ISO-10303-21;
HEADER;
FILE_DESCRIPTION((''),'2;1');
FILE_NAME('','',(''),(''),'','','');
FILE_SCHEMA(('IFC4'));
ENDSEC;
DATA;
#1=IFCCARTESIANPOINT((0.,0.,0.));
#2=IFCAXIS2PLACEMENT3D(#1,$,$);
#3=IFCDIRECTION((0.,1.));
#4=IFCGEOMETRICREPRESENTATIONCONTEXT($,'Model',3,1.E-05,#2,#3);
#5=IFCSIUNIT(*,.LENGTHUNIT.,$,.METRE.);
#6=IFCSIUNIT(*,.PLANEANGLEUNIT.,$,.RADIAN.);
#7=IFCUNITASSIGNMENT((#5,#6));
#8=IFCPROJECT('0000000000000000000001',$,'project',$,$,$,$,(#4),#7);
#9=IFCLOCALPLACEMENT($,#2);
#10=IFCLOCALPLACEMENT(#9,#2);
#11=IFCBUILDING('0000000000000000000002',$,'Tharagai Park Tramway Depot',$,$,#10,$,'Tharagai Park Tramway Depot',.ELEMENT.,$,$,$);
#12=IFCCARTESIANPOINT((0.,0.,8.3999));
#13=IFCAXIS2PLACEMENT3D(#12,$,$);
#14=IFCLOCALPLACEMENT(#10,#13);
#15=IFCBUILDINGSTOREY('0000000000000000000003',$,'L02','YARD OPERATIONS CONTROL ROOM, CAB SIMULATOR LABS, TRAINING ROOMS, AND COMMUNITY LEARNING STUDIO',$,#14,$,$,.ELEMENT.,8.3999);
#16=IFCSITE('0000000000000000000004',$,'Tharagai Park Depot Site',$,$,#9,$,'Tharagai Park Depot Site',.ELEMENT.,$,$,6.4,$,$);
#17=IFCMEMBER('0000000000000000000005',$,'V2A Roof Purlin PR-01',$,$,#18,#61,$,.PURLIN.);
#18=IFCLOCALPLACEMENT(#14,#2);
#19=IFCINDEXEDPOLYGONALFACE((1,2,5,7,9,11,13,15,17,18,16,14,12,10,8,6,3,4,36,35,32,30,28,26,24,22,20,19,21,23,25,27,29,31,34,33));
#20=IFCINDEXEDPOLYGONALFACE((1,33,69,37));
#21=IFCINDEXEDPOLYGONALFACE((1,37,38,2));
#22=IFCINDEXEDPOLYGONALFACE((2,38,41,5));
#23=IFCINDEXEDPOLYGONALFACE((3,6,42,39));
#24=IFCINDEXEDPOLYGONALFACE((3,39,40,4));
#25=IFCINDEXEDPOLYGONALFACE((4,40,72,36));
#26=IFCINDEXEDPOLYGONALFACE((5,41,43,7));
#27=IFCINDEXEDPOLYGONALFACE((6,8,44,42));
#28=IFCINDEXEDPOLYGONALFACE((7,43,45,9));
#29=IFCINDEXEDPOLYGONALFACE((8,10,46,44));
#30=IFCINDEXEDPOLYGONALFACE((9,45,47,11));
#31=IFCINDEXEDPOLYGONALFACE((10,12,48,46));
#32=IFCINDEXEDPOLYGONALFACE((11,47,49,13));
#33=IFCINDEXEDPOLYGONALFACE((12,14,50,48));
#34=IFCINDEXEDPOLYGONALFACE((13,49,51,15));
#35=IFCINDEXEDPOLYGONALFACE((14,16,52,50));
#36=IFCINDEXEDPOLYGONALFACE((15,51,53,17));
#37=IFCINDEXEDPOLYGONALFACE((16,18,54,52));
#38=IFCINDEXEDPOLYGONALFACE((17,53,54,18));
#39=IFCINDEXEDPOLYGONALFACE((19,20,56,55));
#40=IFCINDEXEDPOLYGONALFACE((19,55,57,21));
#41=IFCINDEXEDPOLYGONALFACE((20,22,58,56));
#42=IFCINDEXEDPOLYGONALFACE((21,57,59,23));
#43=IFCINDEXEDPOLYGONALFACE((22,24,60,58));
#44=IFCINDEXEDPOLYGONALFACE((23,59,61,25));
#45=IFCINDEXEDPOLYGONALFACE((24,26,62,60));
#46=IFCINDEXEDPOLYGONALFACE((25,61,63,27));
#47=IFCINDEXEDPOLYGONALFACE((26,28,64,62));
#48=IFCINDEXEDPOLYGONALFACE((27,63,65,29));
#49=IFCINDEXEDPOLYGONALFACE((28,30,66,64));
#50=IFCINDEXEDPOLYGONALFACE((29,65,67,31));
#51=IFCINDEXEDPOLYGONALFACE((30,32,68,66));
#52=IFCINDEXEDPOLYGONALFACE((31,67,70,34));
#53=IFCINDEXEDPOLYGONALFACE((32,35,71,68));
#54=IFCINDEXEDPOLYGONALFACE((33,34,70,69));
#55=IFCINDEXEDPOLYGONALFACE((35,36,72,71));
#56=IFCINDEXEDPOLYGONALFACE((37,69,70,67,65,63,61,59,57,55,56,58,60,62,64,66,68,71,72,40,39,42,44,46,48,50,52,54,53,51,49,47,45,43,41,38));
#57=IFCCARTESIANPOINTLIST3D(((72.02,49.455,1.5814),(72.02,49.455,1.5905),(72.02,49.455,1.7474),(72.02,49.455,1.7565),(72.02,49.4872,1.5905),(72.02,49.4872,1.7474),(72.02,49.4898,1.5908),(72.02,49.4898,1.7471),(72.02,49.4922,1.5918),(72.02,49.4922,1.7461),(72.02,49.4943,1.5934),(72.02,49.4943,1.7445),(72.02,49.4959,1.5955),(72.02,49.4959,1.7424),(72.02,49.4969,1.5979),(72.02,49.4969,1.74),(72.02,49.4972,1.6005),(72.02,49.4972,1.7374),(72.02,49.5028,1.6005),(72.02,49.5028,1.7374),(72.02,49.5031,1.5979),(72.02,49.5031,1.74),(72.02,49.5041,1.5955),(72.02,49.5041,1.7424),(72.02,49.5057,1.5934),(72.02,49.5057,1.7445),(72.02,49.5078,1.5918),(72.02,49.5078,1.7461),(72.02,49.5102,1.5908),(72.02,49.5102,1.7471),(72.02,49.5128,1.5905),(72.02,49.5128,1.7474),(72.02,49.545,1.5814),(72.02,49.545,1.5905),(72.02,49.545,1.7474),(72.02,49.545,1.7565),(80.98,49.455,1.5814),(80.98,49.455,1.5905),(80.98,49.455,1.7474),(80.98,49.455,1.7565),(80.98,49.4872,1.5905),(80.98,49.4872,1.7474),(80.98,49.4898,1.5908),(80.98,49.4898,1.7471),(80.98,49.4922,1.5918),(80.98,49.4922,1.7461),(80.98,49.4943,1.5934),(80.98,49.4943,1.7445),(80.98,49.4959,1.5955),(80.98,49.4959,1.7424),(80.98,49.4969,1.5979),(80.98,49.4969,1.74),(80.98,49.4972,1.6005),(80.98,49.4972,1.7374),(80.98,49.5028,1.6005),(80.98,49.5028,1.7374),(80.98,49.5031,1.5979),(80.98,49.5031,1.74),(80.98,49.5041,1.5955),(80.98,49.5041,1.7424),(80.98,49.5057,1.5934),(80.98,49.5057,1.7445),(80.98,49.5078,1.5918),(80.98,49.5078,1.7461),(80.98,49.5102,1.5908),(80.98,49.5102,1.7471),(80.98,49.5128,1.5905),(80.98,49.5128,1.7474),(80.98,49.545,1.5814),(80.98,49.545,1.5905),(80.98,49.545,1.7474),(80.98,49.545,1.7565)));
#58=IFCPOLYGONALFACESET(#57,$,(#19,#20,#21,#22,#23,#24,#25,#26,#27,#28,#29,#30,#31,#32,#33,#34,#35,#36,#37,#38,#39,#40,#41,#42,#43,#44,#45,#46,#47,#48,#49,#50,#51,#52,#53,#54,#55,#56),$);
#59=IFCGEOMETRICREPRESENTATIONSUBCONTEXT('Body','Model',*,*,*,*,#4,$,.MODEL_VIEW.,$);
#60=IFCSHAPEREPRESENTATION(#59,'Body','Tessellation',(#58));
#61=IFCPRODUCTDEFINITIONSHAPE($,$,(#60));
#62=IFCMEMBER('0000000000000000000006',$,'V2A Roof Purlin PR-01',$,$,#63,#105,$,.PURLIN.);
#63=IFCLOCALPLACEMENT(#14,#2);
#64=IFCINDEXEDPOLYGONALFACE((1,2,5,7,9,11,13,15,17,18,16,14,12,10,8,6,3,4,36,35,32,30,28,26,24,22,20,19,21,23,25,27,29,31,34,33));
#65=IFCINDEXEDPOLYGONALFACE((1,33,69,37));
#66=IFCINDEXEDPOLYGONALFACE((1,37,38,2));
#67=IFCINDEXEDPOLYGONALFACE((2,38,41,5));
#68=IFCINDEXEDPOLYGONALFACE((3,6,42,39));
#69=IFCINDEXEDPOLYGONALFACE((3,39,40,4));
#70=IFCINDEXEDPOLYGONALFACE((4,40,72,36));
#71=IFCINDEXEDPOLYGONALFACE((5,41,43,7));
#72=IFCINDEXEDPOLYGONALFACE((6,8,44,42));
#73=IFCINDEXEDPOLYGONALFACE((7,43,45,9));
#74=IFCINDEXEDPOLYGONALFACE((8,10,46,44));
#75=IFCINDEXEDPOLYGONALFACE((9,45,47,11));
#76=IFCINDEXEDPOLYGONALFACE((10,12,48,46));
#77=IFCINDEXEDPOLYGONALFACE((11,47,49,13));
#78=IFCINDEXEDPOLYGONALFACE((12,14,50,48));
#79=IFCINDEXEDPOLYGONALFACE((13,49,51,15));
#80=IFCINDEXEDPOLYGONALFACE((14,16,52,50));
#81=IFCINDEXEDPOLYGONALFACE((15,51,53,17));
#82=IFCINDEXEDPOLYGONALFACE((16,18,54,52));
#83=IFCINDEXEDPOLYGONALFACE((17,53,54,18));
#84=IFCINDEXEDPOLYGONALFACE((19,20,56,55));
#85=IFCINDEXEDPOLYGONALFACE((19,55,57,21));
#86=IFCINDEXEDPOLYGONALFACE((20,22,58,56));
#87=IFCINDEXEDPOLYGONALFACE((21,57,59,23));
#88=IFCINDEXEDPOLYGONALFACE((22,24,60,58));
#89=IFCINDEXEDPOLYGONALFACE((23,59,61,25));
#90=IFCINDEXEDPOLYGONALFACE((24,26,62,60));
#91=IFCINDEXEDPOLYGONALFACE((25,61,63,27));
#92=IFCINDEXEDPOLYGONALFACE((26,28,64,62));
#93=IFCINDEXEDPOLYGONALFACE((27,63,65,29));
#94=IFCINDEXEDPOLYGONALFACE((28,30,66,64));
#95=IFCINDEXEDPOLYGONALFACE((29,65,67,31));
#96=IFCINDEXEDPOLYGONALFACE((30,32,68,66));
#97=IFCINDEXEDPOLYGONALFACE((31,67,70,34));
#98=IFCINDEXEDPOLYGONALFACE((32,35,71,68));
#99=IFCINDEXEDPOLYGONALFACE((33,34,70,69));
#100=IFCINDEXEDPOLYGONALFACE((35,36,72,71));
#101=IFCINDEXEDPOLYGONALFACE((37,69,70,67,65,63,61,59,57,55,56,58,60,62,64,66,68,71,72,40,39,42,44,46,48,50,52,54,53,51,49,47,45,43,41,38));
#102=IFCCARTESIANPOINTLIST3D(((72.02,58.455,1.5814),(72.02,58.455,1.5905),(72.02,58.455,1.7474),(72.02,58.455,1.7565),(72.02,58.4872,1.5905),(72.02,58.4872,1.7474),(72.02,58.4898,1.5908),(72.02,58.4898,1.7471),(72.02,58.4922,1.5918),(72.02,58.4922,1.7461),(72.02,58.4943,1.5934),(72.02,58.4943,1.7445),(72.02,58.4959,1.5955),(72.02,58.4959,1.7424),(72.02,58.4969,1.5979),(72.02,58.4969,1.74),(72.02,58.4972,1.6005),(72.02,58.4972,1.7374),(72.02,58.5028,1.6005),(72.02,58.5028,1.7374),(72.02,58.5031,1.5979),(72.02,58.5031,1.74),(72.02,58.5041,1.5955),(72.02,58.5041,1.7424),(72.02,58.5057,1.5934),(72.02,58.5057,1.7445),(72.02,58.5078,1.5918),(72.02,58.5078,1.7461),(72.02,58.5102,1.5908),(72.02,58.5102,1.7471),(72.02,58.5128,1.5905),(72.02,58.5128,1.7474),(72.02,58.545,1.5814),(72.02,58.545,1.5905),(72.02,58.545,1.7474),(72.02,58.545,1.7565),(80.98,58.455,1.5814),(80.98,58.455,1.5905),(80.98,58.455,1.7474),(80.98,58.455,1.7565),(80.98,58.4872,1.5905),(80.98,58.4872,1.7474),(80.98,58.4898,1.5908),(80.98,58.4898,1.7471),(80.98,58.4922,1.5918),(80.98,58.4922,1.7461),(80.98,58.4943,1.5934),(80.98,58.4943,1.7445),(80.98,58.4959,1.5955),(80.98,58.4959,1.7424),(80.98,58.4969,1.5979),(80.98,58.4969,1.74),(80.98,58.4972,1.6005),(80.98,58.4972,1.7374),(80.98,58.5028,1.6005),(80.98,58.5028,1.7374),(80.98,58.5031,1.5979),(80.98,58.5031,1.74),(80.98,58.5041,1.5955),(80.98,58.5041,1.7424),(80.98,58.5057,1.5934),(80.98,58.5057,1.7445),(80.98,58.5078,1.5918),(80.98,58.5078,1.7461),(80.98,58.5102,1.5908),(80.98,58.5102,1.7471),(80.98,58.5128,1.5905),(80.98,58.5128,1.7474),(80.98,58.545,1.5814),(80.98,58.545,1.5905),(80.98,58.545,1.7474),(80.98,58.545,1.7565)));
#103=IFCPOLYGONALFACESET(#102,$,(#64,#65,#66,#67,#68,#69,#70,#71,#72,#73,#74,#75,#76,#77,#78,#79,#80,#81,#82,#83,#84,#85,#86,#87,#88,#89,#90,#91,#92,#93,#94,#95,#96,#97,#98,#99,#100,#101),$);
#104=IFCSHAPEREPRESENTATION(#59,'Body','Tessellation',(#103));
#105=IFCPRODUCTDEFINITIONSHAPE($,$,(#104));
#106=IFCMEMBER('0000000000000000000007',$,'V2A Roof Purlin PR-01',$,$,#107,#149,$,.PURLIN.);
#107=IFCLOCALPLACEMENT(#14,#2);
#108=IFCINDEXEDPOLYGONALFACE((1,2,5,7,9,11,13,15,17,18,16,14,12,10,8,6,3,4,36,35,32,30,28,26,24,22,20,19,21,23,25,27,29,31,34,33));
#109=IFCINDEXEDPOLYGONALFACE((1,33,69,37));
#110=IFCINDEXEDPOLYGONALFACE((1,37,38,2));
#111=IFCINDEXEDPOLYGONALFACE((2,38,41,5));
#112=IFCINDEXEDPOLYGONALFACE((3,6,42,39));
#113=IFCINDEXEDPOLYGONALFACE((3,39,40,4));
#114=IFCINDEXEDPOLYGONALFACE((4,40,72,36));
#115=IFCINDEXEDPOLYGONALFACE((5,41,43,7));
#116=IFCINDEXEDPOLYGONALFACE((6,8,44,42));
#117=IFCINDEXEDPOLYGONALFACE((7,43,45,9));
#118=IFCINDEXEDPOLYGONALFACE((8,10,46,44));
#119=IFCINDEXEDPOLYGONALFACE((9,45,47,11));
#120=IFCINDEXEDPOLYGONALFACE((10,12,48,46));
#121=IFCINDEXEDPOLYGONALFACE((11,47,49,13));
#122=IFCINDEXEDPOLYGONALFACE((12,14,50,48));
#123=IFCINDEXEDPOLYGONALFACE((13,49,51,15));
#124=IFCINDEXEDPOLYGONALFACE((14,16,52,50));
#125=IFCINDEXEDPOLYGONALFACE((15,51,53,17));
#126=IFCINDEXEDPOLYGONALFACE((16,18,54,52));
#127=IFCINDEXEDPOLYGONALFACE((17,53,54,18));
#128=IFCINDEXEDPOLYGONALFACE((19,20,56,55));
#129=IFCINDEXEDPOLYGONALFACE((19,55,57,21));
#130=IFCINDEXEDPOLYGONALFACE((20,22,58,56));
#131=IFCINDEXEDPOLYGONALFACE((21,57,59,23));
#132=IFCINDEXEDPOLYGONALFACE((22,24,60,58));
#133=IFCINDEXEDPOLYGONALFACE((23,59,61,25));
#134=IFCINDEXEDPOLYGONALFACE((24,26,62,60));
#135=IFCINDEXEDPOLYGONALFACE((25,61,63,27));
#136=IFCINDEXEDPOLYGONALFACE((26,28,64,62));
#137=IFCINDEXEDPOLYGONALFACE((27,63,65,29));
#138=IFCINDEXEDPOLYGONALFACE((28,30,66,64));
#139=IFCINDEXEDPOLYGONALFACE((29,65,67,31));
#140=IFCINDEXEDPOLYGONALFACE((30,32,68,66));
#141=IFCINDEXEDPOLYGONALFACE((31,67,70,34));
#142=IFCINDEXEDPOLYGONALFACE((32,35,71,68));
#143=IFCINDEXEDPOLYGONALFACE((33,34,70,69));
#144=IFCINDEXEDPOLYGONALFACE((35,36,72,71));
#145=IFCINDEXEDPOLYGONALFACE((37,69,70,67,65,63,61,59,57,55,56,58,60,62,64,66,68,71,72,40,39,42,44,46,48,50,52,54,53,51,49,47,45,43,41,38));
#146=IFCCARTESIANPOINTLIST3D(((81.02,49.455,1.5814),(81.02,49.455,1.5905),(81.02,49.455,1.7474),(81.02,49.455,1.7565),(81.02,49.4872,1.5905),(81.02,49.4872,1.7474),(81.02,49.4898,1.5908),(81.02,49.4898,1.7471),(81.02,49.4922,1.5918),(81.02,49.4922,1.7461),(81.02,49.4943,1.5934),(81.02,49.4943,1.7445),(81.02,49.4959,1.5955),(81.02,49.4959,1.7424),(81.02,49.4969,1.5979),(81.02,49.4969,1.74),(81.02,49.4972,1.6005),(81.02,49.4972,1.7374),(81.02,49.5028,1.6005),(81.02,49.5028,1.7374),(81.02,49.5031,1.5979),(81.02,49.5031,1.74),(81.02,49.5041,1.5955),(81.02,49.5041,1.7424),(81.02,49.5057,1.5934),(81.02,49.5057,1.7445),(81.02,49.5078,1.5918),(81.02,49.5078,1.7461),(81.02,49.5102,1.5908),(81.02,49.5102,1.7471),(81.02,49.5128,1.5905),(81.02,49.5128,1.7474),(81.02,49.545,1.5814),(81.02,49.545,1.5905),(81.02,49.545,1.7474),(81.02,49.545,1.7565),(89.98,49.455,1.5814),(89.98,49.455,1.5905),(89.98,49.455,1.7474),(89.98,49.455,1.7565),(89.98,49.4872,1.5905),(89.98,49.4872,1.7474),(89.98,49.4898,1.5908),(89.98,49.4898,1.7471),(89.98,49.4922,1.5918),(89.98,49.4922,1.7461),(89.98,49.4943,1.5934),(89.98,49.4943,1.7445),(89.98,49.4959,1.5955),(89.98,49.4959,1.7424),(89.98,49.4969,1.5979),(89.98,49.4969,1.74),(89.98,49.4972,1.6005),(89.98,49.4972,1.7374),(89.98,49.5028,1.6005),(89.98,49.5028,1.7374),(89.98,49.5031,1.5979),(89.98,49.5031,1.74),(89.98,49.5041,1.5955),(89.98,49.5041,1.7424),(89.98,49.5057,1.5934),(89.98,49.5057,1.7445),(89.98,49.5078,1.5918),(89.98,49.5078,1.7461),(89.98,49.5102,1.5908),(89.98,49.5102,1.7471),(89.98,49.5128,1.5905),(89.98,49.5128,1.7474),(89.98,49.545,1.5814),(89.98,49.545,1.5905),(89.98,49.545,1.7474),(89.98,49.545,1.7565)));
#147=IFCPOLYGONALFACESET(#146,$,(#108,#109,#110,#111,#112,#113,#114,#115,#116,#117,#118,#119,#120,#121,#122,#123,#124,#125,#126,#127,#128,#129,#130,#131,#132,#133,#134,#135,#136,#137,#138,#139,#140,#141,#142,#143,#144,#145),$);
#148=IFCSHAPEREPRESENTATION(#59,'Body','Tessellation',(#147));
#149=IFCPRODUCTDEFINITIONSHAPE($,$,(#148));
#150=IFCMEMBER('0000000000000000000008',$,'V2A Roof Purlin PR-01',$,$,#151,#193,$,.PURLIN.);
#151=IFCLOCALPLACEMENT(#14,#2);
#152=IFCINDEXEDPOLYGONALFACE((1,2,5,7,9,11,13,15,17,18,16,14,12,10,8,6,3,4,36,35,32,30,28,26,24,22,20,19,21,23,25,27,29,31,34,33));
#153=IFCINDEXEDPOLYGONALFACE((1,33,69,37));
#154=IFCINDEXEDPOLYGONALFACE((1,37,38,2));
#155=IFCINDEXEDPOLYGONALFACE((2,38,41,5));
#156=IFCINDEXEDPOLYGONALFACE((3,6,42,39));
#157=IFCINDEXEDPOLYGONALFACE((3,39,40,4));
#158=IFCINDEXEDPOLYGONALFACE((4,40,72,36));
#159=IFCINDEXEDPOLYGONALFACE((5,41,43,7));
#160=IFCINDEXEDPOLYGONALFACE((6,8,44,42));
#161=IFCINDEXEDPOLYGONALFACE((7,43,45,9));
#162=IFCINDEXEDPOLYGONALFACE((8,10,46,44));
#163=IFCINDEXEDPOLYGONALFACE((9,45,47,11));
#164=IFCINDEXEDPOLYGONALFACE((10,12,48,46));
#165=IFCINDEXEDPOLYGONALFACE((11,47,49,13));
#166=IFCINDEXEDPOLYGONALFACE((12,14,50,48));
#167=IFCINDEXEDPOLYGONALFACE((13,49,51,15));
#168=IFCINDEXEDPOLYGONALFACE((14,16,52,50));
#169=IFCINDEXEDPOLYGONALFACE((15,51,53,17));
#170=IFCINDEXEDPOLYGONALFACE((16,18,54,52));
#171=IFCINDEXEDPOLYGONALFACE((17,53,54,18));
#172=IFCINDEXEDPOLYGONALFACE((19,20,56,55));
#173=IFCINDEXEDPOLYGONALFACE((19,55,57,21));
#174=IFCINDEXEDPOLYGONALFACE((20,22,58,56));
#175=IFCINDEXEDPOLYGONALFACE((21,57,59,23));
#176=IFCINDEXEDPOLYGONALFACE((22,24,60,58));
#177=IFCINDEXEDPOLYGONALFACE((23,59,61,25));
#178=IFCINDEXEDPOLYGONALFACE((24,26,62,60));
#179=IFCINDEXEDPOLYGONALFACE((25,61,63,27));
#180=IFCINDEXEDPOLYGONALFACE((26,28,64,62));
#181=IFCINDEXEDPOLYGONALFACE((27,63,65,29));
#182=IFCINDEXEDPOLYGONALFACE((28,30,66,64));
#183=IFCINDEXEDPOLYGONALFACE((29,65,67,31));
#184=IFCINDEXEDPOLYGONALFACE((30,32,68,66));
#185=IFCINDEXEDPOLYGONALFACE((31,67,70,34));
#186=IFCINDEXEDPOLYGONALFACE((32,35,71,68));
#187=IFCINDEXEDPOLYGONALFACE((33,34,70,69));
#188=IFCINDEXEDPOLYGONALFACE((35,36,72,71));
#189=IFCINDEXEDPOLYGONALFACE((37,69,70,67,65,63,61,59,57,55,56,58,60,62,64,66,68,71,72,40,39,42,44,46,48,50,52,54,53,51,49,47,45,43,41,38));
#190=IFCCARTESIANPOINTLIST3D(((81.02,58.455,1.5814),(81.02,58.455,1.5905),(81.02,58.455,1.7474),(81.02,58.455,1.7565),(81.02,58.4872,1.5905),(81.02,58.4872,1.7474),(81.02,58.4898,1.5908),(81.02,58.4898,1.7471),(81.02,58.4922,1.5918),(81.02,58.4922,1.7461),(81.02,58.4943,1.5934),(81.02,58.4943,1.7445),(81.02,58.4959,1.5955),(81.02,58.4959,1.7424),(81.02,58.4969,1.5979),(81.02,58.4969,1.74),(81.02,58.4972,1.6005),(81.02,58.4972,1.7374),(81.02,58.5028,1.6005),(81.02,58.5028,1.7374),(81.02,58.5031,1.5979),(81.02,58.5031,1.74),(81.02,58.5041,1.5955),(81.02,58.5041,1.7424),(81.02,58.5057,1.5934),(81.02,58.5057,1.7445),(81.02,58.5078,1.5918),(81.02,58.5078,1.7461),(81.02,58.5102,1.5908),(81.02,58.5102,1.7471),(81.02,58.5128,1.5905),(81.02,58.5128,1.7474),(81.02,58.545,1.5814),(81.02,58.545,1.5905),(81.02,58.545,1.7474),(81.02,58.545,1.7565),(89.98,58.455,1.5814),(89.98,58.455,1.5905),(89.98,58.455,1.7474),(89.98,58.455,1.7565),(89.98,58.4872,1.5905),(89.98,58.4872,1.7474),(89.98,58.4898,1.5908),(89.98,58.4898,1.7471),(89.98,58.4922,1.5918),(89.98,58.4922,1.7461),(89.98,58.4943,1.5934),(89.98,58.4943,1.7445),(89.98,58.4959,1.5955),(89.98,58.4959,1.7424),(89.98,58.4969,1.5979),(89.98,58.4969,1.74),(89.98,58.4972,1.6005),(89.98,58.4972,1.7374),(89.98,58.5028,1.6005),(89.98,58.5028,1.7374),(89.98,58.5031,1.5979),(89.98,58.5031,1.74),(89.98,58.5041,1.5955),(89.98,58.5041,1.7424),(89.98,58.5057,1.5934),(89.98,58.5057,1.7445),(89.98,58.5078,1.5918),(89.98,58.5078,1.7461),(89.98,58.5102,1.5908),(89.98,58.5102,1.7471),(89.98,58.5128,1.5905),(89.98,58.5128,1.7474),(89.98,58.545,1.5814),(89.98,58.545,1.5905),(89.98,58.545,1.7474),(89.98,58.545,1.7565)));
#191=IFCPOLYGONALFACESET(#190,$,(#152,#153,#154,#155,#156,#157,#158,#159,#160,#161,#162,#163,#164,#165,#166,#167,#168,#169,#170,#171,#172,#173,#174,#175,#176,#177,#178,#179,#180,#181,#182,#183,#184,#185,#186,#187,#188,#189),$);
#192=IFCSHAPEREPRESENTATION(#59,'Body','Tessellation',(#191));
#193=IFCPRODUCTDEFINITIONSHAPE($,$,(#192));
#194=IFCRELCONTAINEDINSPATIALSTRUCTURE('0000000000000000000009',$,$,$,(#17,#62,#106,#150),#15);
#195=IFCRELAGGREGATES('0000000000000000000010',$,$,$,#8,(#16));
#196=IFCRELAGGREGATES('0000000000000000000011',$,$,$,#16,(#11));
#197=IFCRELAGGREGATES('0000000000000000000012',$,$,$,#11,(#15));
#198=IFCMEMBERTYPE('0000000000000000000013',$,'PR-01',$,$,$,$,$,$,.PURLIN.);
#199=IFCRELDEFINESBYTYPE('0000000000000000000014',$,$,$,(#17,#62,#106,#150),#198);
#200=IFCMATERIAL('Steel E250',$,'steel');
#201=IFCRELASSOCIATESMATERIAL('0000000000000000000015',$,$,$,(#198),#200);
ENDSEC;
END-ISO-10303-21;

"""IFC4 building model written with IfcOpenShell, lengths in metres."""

from ifc_helpers import new_model, si_unit, direction, frame, origin, origin_2d, place, context, subcontext, project, spatial, i_section, extrude, material, material_profile, profile_set, type_object, element, save


model = new_model("IFC4")

# Units and contexts
model_context = context("Model", 3, precision=1e-05, world=origin(), true_north=direction((0.0, 1.0)))
body_context = subcontext(model_context, "Body", "Model", "MODEL_VIEW")
ifc_project = project(units=[si_unit("LENGTHUNIT", "METRE"), si_unit("PLANEANGLEUNIT", "RADIAN")], contexts=[model_context])

# Site, building, storey
site_placement = place(None, origin())
site = spatial("IfcSite", under=ifc_project, at=site_placement, Name="Tharagai Park Depot Site", LongName="Tharagai Park Depot Site", CompositionType="ELEMENT", RefElevation=6.4)
building_placement = place(site_placement, origin())
building = spatial("IfcBuilding", under=site, at=building_placement, Name="Tharagai Park Tramway Depot", LongName="Tharagai Park Tramway Depot", CompositionType="ELEMENT")
storey_placement = place(building_placement, frame((0.0, 0.0, 8.3999)))
storey = spatial("IfcBuildingStorey", under=building, at=storey_placement, Name="L02", Description="YARD OPERATIONS CONTROL ROOM, CAB SIMULATOR LABS, TRAINING ROOMS, AND COMMUNITY LEARNING STUDIO", CompositionType="ELEMENT", Elevation=8.3999)

# Members
ifc_material_1 = material(Name="Steel E250", Category="steel")
ifc_material_profile_1 = material_profile(ifc_material_1, i_section(OverallWidth=0.0901, OverallDepth=0.175, WebThickness=0.0056, FlangeThickness=0.009, FilletRadius=0.01, at=origin_2d()), Name="ISMB 175")
ifc_profile_set_1 = profile_set([ifc_material_profile_1], Name="Steel E250")
member_type_1 = type_object("IfcMemberType", Name="PR-01", PredefinedType="PURLIN", material=ifc_profile_set_1)
for number, where, z_axis, x_axis, name in (
    (1, (72.02, 49.5, 1.6689), (1.0, 0.0, 0.0), (0.0, 1.0, 0.0), "V2A Roof Purlin PR-01"),
    (2, (72.02, 58.5, 1.6689), (1.0, 0.0, 0.0), (0.0, 1.0, 0.0), "V2A Roof Purlin PR-01"),
    (3, (81.02, 49.5, 1.6689), (1.0, 0.0, 0.0), (0.0, 1.0, 0.0), "V2A Roof Purlin PR-01"),
    (4, (81.02, 58.5, 1.6689), (1.0, 0.0, 0.0), (0.0, 1.0, 0.0), "V2A Roof Purlin PR-01"),
):
    element("IfcMember", number, at=place(storey_placement, frame(where, z_axis=z_axis, x_axis=x_axis)), inside=storey, type_object=member_type_1, Name=name, PredefinedType="PURLIN", context=body_context, shape_type="SweptSolid", body=[
        extrude(i_section(OverallWidth=0.0901, OverallDepth=0.175, WebThickness=0.0056, FlangeThickness=0.009, FilletRadius=0.01, at=origin_2d()), origin(), (0.0, 0.0, 1.0), 8.96),
    ])

save(model, "model.ifc")
